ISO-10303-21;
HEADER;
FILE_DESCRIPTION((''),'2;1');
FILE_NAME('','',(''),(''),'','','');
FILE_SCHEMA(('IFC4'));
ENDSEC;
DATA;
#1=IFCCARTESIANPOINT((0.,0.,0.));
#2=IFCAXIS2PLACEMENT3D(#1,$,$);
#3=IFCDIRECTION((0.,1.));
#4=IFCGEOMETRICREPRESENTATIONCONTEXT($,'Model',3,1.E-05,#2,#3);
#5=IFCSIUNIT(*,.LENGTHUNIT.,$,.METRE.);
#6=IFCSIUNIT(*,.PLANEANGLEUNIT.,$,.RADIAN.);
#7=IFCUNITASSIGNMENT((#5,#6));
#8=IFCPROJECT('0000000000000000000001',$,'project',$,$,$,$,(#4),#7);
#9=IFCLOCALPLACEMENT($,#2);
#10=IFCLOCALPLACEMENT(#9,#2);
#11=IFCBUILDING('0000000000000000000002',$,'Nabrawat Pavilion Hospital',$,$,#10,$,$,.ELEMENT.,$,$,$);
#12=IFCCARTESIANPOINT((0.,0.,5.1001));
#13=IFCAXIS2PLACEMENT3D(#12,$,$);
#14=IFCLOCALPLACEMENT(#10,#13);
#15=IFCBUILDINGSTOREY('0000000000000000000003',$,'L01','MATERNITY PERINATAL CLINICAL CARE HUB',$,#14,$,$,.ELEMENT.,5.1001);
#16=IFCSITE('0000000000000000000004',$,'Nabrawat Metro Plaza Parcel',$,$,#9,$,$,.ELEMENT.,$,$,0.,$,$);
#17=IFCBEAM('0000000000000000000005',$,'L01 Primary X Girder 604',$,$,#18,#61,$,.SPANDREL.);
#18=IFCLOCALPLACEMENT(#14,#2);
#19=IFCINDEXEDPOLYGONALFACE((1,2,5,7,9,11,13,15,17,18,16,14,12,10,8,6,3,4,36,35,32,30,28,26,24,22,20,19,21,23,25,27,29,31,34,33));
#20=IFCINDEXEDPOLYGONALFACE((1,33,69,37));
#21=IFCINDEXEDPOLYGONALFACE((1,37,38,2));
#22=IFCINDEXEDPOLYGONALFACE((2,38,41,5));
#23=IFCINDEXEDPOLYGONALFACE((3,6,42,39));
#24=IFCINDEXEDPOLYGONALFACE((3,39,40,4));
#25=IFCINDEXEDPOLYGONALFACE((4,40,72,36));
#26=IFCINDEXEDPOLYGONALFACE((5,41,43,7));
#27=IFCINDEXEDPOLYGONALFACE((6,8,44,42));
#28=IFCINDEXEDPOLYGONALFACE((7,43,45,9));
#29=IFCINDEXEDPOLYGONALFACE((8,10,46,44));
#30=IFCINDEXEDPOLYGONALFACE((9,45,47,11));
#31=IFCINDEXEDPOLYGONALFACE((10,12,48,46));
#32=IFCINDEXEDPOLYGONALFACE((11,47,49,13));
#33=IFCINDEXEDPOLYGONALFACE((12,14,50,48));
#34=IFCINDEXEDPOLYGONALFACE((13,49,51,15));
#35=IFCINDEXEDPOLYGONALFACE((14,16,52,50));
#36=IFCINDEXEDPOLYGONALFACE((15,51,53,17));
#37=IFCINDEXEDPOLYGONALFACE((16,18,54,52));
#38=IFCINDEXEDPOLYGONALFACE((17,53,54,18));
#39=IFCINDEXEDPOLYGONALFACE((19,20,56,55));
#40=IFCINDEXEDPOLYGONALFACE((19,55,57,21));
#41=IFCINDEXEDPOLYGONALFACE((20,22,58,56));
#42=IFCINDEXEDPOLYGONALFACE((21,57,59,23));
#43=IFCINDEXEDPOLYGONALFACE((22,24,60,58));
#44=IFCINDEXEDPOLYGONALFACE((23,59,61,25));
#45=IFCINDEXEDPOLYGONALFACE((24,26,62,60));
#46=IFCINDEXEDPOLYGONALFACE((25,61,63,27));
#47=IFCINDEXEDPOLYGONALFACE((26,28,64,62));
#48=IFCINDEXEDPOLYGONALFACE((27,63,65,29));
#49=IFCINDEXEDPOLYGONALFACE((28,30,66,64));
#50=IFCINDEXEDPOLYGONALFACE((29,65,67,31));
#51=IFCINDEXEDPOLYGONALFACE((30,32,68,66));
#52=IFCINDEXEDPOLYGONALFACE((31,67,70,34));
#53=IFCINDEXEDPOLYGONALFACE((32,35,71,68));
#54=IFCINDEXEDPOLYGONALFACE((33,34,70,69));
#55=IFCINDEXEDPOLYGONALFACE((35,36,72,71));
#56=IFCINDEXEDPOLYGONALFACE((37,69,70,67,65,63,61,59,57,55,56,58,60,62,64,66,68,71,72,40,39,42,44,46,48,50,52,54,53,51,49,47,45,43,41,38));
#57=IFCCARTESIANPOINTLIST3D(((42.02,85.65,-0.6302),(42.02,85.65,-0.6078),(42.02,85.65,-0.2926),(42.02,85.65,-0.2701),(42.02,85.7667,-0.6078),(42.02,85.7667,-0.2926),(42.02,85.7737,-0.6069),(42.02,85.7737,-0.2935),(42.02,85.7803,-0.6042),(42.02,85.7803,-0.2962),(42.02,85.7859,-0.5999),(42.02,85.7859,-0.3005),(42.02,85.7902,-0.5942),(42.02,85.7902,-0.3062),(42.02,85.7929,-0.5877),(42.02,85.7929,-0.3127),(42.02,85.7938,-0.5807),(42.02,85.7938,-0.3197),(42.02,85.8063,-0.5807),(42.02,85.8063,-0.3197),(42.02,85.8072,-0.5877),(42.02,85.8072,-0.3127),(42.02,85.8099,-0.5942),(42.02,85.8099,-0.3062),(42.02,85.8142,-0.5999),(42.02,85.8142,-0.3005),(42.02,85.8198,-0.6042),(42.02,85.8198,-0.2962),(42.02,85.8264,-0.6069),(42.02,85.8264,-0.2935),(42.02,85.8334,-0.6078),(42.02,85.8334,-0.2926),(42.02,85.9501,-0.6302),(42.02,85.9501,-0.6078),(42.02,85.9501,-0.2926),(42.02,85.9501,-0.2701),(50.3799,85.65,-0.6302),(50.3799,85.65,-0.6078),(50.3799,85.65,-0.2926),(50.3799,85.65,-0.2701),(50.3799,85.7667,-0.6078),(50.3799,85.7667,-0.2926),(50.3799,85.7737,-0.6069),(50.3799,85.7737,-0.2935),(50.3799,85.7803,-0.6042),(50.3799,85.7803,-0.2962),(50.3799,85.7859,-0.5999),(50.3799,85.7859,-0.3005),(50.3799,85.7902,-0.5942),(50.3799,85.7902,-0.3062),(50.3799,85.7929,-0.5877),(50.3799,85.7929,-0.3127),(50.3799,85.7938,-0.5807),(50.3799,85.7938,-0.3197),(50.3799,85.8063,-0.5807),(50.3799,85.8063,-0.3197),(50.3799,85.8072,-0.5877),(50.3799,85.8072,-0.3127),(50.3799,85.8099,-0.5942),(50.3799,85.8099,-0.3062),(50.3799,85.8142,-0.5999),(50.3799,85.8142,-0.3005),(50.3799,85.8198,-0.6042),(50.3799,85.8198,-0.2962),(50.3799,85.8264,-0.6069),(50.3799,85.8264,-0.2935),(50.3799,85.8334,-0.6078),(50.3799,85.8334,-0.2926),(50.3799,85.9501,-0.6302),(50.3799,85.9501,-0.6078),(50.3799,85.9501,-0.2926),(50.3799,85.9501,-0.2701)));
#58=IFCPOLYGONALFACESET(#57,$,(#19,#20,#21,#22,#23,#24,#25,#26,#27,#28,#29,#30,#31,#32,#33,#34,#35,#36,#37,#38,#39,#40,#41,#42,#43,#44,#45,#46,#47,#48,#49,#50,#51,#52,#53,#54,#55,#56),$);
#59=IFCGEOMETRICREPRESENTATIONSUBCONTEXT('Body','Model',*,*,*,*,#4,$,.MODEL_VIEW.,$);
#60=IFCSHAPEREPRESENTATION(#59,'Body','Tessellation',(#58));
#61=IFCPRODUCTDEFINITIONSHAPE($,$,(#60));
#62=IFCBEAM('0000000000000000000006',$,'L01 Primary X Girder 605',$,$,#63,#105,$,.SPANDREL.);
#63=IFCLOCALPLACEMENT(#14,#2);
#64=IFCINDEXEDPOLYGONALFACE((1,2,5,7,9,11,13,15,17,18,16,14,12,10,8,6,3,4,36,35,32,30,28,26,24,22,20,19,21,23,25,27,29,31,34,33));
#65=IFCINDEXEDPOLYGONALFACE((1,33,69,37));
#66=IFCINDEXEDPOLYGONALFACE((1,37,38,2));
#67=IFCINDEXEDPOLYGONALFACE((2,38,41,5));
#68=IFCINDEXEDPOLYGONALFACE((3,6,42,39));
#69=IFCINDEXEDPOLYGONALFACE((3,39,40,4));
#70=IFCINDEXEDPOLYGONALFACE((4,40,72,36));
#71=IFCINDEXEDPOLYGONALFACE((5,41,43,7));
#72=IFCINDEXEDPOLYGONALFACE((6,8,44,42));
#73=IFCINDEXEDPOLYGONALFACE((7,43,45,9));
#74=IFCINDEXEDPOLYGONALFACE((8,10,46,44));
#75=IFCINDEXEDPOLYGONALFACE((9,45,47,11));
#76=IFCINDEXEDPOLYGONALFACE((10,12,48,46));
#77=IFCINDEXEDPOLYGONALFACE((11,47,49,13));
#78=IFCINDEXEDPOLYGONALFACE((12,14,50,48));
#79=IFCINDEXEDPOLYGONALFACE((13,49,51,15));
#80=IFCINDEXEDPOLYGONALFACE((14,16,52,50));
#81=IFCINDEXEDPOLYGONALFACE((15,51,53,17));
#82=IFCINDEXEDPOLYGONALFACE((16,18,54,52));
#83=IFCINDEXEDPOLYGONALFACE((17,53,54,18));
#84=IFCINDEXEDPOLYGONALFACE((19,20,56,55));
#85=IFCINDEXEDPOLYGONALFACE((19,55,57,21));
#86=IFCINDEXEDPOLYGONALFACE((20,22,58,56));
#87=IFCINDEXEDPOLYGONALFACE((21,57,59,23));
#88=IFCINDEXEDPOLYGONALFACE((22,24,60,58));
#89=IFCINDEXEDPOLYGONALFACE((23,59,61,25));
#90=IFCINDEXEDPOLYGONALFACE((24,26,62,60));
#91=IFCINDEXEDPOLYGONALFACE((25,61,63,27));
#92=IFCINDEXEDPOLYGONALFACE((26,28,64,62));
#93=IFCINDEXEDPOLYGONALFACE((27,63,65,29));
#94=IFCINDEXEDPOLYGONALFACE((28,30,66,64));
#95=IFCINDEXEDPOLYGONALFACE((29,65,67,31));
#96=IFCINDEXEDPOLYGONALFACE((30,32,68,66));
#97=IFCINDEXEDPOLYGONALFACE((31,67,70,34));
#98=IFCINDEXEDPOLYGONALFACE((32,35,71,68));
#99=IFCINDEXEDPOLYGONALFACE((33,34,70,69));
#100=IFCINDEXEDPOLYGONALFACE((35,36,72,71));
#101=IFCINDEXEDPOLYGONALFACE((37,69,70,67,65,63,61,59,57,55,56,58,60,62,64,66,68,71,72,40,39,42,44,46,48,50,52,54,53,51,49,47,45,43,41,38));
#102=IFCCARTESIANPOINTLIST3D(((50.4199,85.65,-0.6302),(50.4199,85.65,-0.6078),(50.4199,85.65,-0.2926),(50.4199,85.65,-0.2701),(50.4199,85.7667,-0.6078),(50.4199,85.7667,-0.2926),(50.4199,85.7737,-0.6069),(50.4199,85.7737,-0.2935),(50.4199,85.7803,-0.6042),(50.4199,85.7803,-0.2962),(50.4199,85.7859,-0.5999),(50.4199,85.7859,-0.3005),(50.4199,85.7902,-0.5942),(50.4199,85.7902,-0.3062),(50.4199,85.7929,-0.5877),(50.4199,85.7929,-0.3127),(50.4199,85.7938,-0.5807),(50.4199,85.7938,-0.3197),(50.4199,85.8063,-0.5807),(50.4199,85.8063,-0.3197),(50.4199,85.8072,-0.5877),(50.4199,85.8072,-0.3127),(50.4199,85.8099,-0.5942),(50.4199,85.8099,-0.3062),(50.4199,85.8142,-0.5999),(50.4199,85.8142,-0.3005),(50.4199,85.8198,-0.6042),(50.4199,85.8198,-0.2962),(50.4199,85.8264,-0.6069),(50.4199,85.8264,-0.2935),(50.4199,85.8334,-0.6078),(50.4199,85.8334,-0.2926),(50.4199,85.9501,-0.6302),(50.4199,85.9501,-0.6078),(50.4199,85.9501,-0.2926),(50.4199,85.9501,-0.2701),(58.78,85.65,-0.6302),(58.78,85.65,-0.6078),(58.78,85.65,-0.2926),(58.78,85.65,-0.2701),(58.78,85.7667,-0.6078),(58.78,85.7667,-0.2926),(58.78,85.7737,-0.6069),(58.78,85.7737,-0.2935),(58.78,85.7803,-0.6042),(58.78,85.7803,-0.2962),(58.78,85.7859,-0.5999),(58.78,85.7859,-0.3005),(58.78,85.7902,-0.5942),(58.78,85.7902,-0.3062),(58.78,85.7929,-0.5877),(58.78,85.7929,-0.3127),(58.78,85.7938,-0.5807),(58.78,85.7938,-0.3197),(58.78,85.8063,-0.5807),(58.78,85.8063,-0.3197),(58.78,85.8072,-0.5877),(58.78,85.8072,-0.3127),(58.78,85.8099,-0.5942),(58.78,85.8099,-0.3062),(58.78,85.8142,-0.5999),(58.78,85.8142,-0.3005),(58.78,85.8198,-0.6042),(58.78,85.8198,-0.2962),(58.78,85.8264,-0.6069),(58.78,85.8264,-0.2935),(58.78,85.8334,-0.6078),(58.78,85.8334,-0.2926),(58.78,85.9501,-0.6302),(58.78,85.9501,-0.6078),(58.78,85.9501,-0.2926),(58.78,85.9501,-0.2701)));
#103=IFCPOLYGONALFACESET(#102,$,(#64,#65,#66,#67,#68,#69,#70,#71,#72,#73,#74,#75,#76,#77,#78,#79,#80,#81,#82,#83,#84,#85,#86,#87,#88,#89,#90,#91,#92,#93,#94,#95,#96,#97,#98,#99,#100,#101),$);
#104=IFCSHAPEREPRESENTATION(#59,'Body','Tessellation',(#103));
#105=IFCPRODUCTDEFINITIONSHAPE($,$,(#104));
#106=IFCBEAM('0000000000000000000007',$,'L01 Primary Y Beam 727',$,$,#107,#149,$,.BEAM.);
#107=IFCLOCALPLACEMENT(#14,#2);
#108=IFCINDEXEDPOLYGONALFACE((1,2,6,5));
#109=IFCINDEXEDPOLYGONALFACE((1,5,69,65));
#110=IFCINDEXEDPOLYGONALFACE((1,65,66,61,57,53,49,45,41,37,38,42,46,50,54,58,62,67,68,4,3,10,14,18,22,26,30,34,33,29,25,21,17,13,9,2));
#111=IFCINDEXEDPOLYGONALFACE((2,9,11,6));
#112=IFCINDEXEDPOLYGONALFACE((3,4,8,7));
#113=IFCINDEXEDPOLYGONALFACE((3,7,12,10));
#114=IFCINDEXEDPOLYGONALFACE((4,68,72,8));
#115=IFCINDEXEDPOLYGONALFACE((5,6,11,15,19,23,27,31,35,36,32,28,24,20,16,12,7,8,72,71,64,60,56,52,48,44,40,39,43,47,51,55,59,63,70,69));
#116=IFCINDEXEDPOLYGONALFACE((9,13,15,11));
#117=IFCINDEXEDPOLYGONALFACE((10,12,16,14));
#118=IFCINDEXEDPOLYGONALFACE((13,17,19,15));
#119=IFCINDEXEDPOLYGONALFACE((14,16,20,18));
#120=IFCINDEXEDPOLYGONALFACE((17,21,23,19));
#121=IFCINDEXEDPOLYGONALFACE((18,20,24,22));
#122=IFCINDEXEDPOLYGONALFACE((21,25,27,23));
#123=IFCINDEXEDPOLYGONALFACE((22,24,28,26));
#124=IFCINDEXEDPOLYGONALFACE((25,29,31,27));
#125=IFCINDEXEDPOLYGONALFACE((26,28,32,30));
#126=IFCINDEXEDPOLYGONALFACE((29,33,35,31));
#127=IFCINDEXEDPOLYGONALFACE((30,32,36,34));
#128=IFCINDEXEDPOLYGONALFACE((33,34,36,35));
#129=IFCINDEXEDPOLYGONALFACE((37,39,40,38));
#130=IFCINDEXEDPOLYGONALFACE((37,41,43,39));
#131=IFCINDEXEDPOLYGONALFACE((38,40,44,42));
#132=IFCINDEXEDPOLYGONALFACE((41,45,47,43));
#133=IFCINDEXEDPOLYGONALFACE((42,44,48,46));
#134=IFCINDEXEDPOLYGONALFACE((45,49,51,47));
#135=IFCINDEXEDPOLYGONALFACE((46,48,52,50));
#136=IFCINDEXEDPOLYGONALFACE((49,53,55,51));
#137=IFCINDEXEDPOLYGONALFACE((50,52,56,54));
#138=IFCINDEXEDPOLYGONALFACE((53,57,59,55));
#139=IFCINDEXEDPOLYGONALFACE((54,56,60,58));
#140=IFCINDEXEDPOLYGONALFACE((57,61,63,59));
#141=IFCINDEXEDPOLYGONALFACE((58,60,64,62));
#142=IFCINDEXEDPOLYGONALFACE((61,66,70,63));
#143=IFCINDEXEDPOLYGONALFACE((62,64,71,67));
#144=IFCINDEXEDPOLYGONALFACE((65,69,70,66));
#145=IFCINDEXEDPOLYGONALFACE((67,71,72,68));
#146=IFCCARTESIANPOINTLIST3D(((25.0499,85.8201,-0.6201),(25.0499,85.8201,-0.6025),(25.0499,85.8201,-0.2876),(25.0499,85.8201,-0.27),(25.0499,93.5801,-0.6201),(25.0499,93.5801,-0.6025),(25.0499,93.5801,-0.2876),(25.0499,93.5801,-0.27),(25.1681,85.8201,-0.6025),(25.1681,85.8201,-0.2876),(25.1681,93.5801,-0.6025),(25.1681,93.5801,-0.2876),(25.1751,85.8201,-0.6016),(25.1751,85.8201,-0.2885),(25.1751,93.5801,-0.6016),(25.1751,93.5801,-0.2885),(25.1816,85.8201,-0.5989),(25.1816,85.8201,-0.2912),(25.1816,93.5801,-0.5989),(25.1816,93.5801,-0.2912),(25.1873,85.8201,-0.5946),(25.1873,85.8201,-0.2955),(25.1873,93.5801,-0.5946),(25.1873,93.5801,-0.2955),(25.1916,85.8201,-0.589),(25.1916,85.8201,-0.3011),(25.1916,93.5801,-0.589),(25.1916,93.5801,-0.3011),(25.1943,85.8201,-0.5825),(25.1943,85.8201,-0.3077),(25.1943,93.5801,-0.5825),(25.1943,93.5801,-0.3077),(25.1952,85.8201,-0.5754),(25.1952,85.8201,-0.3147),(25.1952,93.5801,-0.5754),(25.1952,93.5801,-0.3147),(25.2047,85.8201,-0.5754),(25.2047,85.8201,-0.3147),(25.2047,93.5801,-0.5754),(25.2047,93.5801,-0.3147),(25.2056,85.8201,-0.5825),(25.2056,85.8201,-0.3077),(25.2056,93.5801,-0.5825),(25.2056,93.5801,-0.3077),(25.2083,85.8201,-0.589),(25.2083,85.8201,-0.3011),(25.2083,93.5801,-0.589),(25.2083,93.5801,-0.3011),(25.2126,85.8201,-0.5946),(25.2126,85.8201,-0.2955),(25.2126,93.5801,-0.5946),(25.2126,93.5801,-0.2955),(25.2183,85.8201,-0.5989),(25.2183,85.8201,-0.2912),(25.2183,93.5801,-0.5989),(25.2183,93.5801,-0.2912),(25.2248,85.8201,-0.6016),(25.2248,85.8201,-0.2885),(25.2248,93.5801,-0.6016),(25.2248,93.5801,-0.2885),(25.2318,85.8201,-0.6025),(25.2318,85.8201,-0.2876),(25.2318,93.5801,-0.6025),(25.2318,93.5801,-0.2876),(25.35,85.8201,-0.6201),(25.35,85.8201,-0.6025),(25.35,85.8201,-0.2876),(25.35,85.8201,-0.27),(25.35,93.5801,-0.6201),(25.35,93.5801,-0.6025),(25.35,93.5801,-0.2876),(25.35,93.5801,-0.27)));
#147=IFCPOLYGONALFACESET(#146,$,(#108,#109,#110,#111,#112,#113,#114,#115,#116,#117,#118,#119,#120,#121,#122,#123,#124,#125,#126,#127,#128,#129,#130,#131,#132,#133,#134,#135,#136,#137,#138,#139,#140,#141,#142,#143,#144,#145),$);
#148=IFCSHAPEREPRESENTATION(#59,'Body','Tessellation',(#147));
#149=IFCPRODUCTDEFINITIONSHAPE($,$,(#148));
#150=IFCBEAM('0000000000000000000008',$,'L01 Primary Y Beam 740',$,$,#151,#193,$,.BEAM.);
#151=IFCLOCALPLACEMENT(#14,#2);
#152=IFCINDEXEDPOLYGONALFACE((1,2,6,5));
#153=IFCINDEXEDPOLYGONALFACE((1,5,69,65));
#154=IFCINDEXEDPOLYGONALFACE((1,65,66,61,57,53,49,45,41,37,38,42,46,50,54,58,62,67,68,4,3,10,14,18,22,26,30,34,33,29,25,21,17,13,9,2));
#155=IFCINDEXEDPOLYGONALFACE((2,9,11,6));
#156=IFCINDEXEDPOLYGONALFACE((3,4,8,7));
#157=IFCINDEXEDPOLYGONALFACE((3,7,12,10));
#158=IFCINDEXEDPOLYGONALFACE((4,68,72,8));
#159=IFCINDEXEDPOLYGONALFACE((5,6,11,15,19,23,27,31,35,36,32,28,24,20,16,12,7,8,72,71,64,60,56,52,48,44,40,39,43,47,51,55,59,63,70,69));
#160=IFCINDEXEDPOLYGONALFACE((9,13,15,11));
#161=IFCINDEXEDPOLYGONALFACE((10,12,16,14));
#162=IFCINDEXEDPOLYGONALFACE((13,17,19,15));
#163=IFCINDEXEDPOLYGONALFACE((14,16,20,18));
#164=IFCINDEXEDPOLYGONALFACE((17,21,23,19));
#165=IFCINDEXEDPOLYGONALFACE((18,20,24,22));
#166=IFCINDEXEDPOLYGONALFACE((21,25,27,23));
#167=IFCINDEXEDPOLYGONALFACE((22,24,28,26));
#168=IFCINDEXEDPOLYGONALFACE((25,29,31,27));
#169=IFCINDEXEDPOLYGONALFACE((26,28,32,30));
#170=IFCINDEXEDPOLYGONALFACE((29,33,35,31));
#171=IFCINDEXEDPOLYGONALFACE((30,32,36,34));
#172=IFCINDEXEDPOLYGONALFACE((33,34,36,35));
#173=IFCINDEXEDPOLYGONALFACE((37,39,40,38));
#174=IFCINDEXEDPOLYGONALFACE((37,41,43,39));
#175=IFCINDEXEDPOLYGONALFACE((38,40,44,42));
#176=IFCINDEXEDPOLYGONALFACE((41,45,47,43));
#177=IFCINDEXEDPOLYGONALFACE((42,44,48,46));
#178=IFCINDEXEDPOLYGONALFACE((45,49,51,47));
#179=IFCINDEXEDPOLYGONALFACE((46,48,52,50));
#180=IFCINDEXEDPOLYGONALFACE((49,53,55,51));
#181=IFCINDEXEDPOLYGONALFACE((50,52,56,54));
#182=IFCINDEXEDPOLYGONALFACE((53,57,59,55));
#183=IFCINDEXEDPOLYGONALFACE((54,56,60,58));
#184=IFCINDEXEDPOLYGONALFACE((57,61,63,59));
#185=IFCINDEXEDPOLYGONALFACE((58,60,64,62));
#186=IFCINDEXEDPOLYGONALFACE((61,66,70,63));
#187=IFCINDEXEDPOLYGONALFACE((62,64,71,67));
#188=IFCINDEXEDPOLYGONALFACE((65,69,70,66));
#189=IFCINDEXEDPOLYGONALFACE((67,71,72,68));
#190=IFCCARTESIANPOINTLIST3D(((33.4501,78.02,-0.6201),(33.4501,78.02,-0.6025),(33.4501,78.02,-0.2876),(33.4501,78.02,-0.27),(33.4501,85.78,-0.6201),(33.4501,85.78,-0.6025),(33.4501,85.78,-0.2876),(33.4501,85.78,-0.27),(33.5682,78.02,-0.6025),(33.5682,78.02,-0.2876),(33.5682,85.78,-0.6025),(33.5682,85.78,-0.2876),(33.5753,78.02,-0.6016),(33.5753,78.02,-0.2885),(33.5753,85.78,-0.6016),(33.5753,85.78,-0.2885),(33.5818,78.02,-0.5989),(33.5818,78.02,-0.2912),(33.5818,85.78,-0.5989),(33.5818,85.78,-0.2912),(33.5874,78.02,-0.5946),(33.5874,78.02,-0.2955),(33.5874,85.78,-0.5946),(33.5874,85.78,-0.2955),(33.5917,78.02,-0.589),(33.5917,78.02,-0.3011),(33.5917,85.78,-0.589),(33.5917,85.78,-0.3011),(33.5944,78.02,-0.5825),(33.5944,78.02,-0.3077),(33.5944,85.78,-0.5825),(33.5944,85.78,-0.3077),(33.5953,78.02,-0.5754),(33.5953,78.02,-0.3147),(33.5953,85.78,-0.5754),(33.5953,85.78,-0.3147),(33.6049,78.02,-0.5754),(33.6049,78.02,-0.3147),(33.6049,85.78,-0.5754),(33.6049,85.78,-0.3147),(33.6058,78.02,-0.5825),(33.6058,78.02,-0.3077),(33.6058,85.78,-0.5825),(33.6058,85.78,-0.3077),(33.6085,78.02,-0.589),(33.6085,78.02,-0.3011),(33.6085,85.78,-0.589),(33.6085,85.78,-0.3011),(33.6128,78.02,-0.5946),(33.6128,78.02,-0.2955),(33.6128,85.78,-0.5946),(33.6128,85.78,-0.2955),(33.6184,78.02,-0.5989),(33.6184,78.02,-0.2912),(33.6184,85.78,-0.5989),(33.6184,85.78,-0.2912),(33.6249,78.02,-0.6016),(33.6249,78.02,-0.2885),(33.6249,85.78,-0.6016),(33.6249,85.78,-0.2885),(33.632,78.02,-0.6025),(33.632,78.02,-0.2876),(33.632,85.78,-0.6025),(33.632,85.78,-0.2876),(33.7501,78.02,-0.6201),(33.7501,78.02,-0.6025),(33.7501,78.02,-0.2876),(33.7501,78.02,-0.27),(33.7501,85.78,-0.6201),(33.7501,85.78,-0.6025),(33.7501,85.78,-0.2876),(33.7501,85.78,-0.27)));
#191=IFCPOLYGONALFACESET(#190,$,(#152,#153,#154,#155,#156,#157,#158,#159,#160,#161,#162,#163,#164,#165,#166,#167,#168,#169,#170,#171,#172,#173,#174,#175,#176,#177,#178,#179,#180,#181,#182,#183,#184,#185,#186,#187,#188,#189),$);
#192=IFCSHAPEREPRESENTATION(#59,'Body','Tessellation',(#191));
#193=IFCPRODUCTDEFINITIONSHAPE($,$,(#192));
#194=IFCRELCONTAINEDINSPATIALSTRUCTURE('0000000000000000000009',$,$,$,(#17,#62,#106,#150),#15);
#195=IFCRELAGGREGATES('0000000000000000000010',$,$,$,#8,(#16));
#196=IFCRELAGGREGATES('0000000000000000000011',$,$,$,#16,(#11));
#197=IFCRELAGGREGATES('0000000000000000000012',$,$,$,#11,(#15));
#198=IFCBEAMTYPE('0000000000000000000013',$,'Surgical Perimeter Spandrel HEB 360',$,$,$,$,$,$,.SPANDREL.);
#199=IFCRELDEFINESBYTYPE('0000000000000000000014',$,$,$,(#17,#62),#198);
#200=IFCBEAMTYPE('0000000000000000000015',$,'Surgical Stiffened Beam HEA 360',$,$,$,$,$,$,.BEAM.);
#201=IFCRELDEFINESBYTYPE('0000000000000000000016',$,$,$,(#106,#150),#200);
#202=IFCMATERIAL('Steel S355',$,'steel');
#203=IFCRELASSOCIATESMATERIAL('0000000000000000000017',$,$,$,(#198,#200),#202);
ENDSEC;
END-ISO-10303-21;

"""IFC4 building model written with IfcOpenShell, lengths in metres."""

from ifc_helpers import new_model, si_unit, direction, frame, origin, origin_2d, place, context, subcontext, project, spatial, i_section, extrude, material, material_profile, profile_set, type_object, element, save


model = new_model("IFC4")

# Units and contexts
model_context = context("Model", 3, precision=1e-05, world=origin(), true_north=direction((0.0, 1.0)))
body_context = subcontext(model_context, "Body", "Model", "MODEL_VIEW")
ifc_project = project(units=[si_unit("LENGTHUNIT", "METRE"), si_unit("PLANEANGLEUNIT", "RADIAN")], contexts=[model_context])

# Site, building, storey
site_placement = place(None, origin())
site = spatial("IfcSite", under=ifc_project, at=site_placement, Name="Nabrawat Metro Plaza Parcel", CompositionType="ELEMENT", RefElevation=0.0)
building_placement = place(site_placement, origin())
building = spatial("IfcBuilding", under=site, at=building_placement, Name="Nabrawat Pavilion Hospital", CompositionType="ELEMENT")
storey_placement = place(building_placement, frame((0.0, 0.0, 5.1001)))
storey = spatial("IfcBuildingStorey", under=building, at=storey_placement, Name="L01", Description="MATERNITY PERINATAL CLINICAL CARE HUB", CompositionType="ELEMENT", Elevation=5.1001)

# Shared definitions
ifc_material_1 = material(Name="Steel S355", Category="steel")

# Beams
ifc_material_profile_1 = material_profile(ifc_material_1, i_section(OverallWidth=0.3, OverallDepth=0.3601, WebThickness=0.0125, FlangeThickness=0.0225, FilletRadius=0.0271, at=origin_2d()), Name="HEB 360")
ifc_profile_set_1 = profile_set([ifc_material_profile_1], Name="Steel S355")
beam_type_1 = type_object("IfcBeamType", Name="Surgical Perimeter Spandrel HEB 360", PredefinedType="SPANDREL", material=ifc_profile_set_1)
for number, where, z_axis, x_axis, name in (
    (1, (42.02, 85.8, -0.4502), (1.0, 0.0, 0.0), (0.0, 1.0, 0.0), "L01 Primary X Girder 604"),
):
    element("IfcBeam", number, at=place(storey_placement, frame(where, z_axis=z_axis, x_axis=x_axis)), inside=storey, type_object=beam_type_1, Name=name, PredefinedType="SPANDREL", context=body_context, shape_type="SweptSolid", body=[
        extrude(i_section(OverallWidth=0.3, OverallDepth=0.3601, WebThickness=0.0125, FlangeThickness=0.0225, FilletRadius=0.0271, at=origin_2d()), origin(), (0.0, 0.0, 1.0), 8.3599),
    ])
beam_1_placement = place(storey_placement, frame((50.4199, 85.8, -0.4502), z_axis=(1.0, 0.0, 0.0), x_axis=(0.0, 1.0, 0.0)))
element("IfcBeam", 2, at=beam_1_placement, inside=storey, type_object=beam_type_1, Name="L01 Primary X Girder 605", PredefinedType="SPANDREL", context=body_context, shape_type="SweptSolid", body=[
    extrude(i_section(OverallWidth=0.3, OverallDepth=0.3601, WebThickness=0.0125, FlangeThickness=0.0225, FilletRadius=0.0271, at=origin_2d()), origin(), (0.0, 0.0, 1.0), 8.3601),
])
ifc_material_profile_2 = material_profile(ifc_material_1, i_section(OverallWidth=0.3, OverallDepth=0.3501, WebThickness=0.0095, FlangeThickness=0.0176, FilletRadius=0.0271, at=origin_2d()), Name="HEA 360")
ifc_profile_set_2 = profile_set([ifc_material_profile_2], Name="Steel S355")
beam_type_2 = type_object("IfcBeamType", Name="Surgical Stiffened Beam HEA 360", PredefinedType="BEAM", material=ifc_profile_set_2)
for number, where, z_axis, x_axis, name in (
    (3, (25.2, 85.8201, -0.4451), (0.0, 1.0, 0.0), (-1.0, 0.0, 0.0), "L01 Primary Y Beam 727"),
    (4, (33.6001, 78.02, -0.4451), (0.0, 1.0, 0.0), (-1.0, 0.0, 0.0), "L01 Primary Y Beam 740"),
):
    element("IfcBeam", number, at=place(storey_placement, frame(where, z_axis=z_axis, x_axis=x_axis)), inside=storey, type_object=beam_type_2, Name=name, PredefinedType="BEAM", context=body_context, shape_type="SweptSolid", body=[
        extrude(i_section(OverallWidth=0.3, OverallDepth=0.3501, WebThickness=0.0095, FlangeThickness=0.0176, FilletRadius=0.0271, at=origin_2d()), origin(), (0.0, 0.0, 1.0), 7.76),
    ])

save(model, "model.ifc")
